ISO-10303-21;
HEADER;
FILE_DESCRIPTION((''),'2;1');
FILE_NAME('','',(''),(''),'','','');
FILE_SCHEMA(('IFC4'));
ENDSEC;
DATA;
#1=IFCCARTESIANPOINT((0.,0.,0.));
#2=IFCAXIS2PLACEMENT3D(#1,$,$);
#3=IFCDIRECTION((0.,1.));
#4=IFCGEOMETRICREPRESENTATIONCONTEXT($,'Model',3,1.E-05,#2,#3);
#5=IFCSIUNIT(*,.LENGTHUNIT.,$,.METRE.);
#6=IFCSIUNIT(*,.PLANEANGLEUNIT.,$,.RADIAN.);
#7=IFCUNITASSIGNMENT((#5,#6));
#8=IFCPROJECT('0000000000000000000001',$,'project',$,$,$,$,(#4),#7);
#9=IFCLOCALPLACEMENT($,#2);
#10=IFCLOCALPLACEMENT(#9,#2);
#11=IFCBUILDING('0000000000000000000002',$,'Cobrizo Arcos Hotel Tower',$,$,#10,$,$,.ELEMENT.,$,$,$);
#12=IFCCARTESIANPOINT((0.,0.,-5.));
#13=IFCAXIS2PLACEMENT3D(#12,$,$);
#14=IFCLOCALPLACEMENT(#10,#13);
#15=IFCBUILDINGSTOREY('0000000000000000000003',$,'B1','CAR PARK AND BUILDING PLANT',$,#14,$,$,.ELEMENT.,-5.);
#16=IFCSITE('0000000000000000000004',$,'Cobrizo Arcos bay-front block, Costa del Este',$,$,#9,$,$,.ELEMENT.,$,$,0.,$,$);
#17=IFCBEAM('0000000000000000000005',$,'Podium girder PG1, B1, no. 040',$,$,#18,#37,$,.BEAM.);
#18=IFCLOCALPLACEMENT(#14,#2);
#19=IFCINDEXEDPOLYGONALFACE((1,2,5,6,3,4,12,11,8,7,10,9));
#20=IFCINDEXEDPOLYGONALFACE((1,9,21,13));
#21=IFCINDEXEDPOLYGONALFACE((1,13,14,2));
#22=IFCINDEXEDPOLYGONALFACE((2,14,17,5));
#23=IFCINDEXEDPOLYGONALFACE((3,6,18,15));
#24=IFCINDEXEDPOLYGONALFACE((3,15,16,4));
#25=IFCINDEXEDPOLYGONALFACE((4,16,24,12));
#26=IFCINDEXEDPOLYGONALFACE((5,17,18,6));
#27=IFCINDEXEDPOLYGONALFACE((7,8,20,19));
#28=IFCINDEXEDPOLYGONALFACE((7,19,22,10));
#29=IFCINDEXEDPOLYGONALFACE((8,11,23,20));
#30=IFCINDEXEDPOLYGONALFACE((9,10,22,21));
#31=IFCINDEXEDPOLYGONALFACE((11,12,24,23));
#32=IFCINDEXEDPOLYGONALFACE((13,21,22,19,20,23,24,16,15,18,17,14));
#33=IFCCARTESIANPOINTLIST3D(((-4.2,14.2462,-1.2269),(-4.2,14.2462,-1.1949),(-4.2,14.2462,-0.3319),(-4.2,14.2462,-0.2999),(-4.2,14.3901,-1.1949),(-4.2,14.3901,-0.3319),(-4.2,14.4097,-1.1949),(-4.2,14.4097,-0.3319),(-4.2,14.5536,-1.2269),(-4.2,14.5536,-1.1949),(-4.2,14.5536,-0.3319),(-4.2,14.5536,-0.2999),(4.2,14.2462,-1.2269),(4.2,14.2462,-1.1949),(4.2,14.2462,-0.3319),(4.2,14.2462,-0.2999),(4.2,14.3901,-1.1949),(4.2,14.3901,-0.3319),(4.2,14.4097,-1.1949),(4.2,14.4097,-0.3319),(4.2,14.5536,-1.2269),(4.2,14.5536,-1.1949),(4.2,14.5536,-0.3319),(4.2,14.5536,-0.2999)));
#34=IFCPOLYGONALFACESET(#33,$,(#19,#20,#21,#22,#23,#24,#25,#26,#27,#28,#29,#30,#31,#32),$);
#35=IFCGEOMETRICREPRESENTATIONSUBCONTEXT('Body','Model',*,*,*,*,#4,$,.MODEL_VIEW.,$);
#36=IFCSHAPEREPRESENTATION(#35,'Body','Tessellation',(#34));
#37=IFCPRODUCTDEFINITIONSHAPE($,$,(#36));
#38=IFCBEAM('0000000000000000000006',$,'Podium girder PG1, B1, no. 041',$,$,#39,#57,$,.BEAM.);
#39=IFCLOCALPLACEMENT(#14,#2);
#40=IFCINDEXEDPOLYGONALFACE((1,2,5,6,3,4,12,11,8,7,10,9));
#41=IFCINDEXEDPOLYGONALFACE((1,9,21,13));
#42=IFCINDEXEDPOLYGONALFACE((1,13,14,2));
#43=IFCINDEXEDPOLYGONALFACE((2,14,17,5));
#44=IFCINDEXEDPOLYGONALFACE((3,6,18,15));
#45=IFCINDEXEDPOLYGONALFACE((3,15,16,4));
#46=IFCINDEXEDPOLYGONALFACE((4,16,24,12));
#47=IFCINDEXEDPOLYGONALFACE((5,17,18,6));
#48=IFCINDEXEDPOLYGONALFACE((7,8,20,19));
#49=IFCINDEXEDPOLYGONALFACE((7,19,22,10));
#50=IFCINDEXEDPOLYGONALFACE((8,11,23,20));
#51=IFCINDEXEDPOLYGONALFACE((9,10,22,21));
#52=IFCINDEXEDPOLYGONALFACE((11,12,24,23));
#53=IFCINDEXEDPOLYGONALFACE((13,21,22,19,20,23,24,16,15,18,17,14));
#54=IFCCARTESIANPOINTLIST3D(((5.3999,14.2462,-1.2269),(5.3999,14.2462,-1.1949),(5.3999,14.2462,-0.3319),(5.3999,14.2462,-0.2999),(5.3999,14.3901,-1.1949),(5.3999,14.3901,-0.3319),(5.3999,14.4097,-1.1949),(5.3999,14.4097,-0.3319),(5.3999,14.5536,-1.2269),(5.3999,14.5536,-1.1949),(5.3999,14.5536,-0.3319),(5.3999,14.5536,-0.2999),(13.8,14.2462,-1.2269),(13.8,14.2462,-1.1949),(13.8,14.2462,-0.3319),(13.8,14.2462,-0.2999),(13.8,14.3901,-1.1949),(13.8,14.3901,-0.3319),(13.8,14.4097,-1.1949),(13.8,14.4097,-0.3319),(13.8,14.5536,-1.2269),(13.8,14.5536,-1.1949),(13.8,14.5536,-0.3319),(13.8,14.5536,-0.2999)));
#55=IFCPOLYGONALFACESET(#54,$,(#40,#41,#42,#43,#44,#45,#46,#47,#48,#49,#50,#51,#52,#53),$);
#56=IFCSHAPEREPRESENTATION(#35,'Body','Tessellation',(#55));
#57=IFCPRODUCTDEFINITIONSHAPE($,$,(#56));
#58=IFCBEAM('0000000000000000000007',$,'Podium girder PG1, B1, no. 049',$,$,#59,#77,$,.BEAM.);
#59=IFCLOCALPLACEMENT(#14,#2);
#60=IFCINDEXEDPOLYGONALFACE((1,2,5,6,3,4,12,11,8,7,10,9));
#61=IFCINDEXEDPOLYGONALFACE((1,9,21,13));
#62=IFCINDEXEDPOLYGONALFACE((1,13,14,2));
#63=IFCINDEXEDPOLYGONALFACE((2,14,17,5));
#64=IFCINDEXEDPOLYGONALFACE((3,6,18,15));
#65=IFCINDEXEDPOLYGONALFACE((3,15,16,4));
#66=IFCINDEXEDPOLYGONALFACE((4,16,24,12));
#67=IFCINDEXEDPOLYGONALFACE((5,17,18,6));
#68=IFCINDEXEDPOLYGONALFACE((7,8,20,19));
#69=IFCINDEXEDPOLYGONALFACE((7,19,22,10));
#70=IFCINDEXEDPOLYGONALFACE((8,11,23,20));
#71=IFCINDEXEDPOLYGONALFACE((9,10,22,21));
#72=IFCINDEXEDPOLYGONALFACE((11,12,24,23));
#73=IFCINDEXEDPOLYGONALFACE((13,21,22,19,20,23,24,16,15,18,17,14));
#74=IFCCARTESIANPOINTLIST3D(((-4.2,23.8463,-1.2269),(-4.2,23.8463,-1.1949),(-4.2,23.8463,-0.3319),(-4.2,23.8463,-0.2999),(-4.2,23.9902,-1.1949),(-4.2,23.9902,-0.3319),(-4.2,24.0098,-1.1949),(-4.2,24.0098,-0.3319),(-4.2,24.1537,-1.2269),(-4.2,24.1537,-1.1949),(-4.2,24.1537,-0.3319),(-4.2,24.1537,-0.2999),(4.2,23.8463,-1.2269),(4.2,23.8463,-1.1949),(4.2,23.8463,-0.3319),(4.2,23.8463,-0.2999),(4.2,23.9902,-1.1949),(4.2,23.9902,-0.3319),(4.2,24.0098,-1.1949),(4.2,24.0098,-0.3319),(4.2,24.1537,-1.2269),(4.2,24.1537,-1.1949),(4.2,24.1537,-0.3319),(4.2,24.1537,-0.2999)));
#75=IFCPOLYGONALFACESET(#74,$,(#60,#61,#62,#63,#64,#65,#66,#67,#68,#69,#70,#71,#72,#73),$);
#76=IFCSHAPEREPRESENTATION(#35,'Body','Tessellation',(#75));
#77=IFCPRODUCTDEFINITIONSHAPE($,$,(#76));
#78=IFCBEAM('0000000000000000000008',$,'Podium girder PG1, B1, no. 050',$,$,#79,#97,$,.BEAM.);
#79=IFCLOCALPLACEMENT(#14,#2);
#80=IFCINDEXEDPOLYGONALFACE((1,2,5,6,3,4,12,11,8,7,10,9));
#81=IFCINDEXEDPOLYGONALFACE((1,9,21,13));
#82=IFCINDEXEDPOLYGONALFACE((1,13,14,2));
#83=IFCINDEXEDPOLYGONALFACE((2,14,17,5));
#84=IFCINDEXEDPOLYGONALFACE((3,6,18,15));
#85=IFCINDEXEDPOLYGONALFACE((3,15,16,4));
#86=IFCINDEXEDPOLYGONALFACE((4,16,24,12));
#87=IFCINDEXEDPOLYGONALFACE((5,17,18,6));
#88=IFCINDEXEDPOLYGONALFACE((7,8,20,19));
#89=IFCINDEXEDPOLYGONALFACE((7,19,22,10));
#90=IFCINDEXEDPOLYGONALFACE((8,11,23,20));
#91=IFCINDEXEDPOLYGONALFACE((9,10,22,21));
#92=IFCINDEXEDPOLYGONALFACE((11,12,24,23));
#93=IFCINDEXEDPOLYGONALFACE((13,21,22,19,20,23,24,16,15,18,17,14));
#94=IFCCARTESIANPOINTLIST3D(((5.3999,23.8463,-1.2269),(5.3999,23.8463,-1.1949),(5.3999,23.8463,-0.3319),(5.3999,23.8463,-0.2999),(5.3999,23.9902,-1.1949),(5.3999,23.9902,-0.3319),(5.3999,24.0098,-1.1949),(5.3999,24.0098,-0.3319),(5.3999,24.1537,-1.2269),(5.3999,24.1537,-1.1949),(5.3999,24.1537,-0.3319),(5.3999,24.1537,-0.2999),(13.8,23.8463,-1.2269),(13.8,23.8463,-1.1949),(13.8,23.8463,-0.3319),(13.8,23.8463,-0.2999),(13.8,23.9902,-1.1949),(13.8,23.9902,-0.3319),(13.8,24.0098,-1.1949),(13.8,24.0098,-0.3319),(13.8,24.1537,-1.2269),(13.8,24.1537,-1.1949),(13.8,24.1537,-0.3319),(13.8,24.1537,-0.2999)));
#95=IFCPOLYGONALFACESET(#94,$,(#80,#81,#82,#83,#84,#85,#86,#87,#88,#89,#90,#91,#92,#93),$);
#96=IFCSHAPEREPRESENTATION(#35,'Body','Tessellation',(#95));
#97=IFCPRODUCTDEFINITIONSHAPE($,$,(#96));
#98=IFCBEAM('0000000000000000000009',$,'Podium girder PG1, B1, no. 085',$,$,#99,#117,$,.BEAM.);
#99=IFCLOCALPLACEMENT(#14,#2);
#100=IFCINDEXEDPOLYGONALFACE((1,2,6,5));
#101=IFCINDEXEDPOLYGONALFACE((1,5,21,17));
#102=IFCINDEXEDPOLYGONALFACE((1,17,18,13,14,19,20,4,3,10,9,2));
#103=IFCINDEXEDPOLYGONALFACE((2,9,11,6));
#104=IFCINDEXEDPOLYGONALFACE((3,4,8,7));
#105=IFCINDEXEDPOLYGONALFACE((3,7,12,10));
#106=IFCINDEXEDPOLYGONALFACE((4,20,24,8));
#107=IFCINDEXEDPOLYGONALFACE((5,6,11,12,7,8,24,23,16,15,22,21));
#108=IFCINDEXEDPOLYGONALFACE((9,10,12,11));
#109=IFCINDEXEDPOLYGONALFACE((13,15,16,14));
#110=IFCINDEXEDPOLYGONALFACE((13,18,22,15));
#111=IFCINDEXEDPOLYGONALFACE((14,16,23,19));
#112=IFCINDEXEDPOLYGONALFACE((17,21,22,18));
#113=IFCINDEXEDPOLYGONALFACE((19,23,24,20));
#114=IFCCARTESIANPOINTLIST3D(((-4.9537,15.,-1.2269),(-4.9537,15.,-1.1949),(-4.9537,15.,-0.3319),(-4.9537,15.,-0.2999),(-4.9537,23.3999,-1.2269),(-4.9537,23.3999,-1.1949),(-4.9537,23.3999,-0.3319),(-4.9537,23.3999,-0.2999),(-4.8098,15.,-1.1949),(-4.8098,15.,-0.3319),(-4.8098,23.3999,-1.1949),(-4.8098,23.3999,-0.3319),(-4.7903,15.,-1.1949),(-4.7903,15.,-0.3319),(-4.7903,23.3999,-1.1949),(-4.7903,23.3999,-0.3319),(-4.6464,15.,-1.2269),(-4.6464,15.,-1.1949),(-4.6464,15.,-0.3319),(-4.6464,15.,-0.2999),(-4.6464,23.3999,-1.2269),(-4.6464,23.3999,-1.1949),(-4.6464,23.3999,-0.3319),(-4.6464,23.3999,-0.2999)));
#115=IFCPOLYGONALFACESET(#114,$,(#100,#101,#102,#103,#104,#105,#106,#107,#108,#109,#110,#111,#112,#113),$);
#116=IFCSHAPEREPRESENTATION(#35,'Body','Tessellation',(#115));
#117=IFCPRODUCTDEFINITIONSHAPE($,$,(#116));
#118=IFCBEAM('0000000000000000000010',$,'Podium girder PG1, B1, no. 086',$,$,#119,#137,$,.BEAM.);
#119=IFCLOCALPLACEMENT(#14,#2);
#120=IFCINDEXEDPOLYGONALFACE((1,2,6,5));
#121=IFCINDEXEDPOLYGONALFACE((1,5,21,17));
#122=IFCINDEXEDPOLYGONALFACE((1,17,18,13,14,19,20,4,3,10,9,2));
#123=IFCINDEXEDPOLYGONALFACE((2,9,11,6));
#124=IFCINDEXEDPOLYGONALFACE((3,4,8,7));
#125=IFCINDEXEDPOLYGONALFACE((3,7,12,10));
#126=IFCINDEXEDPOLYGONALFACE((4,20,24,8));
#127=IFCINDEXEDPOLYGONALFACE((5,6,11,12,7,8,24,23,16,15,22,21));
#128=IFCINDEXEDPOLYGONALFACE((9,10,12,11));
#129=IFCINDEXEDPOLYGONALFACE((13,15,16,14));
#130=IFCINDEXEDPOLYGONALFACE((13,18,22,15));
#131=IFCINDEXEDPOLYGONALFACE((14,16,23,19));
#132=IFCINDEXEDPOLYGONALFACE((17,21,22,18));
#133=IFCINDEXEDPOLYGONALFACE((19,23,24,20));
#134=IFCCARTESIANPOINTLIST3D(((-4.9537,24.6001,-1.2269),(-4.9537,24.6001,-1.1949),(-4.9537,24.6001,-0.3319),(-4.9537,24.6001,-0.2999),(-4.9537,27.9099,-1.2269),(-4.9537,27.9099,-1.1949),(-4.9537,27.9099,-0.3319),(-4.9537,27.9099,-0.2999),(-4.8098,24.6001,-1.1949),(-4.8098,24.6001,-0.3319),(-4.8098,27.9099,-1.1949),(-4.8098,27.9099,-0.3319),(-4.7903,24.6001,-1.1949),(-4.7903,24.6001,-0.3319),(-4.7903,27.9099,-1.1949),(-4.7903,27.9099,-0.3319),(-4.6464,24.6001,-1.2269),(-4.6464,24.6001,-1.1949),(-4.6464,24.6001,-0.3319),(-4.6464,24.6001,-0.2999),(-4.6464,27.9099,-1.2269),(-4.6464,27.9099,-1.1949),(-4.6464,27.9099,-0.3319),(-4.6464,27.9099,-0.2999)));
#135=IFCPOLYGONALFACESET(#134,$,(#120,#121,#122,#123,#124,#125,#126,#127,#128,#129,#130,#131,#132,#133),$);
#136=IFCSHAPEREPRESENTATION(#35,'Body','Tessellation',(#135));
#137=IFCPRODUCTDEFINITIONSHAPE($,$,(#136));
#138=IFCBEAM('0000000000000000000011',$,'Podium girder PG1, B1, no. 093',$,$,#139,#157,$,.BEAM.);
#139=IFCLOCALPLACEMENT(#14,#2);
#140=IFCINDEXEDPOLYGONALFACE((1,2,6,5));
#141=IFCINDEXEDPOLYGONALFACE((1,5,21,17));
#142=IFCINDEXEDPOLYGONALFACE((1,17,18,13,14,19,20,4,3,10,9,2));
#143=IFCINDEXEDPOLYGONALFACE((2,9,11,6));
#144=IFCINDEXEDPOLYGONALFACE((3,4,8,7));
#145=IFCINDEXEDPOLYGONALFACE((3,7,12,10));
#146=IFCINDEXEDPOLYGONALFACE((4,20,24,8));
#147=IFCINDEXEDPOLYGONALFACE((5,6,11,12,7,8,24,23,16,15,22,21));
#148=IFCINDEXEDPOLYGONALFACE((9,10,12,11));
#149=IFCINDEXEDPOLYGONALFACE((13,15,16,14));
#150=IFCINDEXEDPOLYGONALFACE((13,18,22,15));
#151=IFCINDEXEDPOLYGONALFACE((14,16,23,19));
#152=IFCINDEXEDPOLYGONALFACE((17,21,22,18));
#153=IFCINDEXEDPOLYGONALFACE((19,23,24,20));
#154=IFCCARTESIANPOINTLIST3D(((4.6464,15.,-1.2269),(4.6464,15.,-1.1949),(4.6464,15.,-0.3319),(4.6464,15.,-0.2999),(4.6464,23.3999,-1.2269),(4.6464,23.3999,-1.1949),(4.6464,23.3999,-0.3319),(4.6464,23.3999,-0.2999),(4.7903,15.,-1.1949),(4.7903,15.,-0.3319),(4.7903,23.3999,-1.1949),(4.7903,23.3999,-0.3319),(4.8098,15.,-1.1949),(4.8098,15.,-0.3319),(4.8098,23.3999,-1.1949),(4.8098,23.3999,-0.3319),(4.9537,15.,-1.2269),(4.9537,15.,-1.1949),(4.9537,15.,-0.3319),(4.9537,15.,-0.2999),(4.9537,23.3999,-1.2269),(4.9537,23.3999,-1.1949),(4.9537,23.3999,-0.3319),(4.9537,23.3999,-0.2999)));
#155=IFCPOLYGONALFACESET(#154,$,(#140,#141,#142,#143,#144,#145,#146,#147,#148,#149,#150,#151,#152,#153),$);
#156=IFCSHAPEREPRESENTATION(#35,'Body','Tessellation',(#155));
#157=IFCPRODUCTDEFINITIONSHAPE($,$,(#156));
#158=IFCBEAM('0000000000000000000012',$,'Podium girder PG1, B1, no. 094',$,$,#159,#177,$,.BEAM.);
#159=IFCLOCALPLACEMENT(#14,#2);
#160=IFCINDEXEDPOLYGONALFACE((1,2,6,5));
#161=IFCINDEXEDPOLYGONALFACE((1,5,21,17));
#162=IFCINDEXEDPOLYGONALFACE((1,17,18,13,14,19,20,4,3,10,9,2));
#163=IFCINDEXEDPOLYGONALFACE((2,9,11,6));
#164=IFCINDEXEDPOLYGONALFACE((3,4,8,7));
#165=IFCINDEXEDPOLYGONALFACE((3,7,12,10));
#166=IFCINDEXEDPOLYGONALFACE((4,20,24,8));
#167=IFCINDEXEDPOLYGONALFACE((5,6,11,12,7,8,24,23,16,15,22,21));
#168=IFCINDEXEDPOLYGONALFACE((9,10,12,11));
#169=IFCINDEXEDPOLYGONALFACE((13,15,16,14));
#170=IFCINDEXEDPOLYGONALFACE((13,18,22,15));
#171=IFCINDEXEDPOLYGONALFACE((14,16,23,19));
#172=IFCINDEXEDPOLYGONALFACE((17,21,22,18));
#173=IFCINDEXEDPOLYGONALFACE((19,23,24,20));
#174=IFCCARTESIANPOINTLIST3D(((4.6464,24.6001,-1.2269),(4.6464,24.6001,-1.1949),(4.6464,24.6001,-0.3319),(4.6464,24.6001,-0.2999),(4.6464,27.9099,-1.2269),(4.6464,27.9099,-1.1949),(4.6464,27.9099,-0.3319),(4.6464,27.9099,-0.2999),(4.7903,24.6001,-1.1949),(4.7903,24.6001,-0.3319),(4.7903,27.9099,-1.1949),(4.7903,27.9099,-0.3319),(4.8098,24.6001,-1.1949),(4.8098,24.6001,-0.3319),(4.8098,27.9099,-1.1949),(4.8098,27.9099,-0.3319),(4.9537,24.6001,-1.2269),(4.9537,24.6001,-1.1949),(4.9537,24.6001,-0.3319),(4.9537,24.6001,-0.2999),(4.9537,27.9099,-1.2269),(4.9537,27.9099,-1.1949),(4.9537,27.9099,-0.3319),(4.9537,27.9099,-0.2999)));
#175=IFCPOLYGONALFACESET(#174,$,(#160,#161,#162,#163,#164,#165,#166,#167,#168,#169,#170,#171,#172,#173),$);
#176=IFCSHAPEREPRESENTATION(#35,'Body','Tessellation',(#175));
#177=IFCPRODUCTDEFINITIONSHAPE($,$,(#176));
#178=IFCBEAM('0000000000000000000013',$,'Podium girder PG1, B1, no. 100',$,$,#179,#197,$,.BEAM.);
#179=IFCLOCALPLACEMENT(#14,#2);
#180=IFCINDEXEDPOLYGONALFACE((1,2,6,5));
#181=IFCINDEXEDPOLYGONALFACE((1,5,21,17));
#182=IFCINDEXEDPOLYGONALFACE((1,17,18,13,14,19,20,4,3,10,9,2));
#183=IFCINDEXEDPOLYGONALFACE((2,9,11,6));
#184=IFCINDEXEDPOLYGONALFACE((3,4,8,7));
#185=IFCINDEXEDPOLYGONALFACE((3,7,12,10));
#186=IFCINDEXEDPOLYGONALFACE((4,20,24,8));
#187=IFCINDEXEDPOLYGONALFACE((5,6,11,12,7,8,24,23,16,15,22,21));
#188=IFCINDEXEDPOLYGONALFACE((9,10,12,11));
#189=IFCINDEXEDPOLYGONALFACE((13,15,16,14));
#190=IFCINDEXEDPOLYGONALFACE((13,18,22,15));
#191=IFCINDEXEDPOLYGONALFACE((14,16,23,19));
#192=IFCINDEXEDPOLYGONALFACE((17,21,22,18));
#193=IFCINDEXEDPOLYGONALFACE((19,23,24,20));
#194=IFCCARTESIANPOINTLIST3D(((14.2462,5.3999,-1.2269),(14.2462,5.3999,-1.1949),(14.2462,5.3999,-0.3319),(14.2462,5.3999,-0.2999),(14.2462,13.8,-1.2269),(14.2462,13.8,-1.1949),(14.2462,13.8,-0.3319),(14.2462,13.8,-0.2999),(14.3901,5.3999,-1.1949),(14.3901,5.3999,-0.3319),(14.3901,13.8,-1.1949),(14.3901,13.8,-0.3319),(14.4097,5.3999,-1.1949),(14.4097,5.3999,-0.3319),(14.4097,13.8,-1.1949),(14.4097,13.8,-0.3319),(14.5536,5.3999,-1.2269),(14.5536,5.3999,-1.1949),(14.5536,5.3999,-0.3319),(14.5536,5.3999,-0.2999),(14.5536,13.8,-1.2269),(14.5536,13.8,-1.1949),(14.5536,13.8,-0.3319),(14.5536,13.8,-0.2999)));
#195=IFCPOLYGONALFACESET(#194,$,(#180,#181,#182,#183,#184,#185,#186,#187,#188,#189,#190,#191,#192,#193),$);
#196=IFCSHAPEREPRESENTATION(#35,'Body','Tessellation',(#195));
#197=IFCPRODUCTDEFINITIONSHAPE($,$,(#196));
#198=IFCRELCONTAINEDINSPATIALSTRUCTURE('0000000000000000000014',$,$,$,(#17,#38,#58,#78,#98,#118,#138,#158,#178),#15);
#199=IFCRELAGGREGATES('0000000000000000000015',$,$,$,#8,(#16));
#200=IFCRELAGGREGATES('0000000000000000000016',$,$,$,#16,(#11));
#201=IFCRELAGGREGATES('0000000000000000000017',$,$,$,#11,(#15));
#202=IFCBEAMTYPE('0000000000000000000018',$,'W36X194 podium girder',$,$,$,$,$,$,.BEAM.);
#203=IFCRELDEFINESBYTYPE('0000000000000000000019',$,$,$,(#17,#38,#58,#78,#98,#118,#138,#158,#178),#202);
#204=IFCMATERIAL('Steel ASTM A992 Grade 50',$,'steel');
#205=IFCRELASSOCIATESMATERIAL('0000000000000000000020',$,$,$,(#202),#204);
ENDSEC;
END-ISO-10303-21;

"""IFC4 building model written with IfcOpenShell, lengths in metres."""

from ifc_helpers import new_model, si_unit, direction, frame, origin, origin_2d, place, context, subcontext, project, spatial, i_section, extrude, material, material_profile, profile_set, type_object, element, save


model = new_model("IFC4")

# Units and contexts
model_context = context("Model", 3, precision=1e-05, world=origin(), true_north=direction((0.0, 1.0)))
body_context = subcontext(model_context, "Body", "Model", "MODEL_VIEW")
ifc_project = project(units=[si_unit("LENGTHUNIT", "METRE"), si_unit("PLANEANGLEUNIT", "RADIAN")], contexts=[model_context])

# Site, building, storey
site_placement = place(None, origin())
site = spatial("IfcSite", under=ifc_project, at=site_placement, Name="Cobrizo Arcos bay-front block, Costa del Este", CompositionType="ELEMENT", RefElevation=0.0)
building_placement = place(site_placement, origin())
building = spatial("IfcBuilding", under=site, at=building_placement, Name="Cobrizo Arcos Hotel Tower", CompositionType="ELEMENT")
storey_placement = place(building_placement, frame((0.0, 0.0, -5.0)))
storey = spatial("IfcBuildingStorey", under=building, at=storey_placement, Name="B1", Description="CAR PARK AND BUILDING PLANT", CompositionType="ELEMENT", Elevation=-5.0)

# Beams
ifc_material_1 = material(Name="Steel ASTM A992 Grade 50", Category="steel")
ifc_material_profile_1 = material_profile(ifc_material_1, i_section(OverallWidth=0.3074, OverallDepth=0.927, WebThickness=0.0195, FlangeThickness=0.032, at=origin_2d()), Name="W36X194")
ifc_profile_set_1 = profile_set([ifc_material_profile_1], Name="Steel ASTM A992 Grade 50")
beam_type_1 = type_object("IfcBeamType", Name="W36X194 podium girder", PredefinedType="BEAM", material=ifc_profile_set_1)
beam_1_placement = place(storey_placement, frame((-4.2, 14.3999, -0.7634), z_axis=(1.0, 0.0, 0.0), x_axis=(0.0, 1.0, 0.0)))
element("IfcBeam", 1, at=beam_1_placement, inside=storey, type_object=beam_type_1, Name="Podium girder PG1, B1, no. 040", PredefinedType="BEAM", context=body_context, shape_type="SweptSolid", body=[
    extrude(i_section(OverallWidth=0.3074, OverallDepth=0.927, WebThickness=0.0195, FlangeThickness=0.032, at=origin_2d()), origin(), (0.0, 0.0, 1.0), 8.3999),
])
beam_2_placement = place(storey_placement, frame((5.3999, 14.3999, -0.7634), z_axis=(1.0, 0.0, 0.0), x_axis=(0.0, 1.0, 0.0)))
element("IfcBeam", 2, at=beam_2_placement, inside=storey, type_object=beam_type_1, Name="Podium girder PG1, B1, no. 041", PredefinedType="BEAM", context=body_context, shape_type="SweptSolid", body=[
    extrude(i_section(OverallWidth=0.3074, OverallDepth=0.927, WebThickness=0.0195, FlangeThickness=0.032, at=origin_2d()), origin(), (0.0, 0.0, 1.0), 8.4001),
])
beam_3_placement = place(storey_placement, frame((-4.2, 24.0, -0.7634), z_axis=(1.0, 0.0, 0.0), x_axis=(0.0, 1.0, 0.0)))
element("IfcBeam", 3, at=beam_3_placement, inside=storey, type_object=beam_type_1, Name="Podium girder PG1, B1, no. 049", PredefinedType="BEAM", context=body_context, shape_type="SweptSolid", body=[
    extrude(i_section(OverallWidth=0.3074, OverallDepth=0.927, WebThickness=0.0195, FlangeThickness=0.032, at=origin_2d()), origin(), (0.0, 0.0, 1.0), 8.3999),
])
beam_4_placement = place(storey_placement, frame((5.3999, 24.0, -0.7634), z_axis=(1.0, 0.0, 0.0), x_axis=(0.0, 1.0, 0.0)))
element("IfcBeam", 4, at=beam_4_placement, inside=storey, type_object=beam_type_1, Name="Podium girder PG1, B1, no. 050", PredefinedType="BEAM", context=body_context, shape_type="SweptSolid", body=[
    extrude(i_section(OverallWidth=0.3074, OverallDepth=0.927, WebThickness=0.0195, FlangeThickness=0.032, at=origin_2d()), origin(), (0.0, 0.0, 1.0), 8.4001),
])
beam_5_placement = place(storey_placement, frame((-4.8, 15.0, -0.7634), z_axis=(0.0, 1.0, 0.0), x_axis=(-1.0, 0.0, 0.0)))
element("IfcBeam", 5, at=beam_5_placement, inside=storey, type_object=beam_type_1, Name="Podium girder PG1, B1, no. 085", PredefinedType="BEAM", context=body_context, shape_type="SweptSolid", body=[
    extrude(i_section(OverallWidth=0.3074, OverallDepth=0.927, WebThickness=0.0195, FlangeThickness=0.032, at=origin_2d()), origin(), (0.0, 0.0, 1.0), 8.3999),
])
beam_6_placement = place(storey_placement, frame((-4.8, 24.6001, -0.7634), z_axis=(0.0, 1.0, 0.0), x_axis=(-1.0, 0.0, 0.0)))
element("IfcBeam", 6, at=beam_6_placement, inside=storey, type_object=beam_type_1, Name="Podium girder PG1, B1, no. 086", PredefinedType="BEAM", context=body_context, shape_type="SweptSolid", body=[
    extrude(i_section(OverallWidth=0.3074, OverallDepth=0.927, WebThickness=0.0195, FlangeThickness=0.032, at=origin_2d()), origin(), (0.0, 0.0, 1.0), 3.3098),
])
beam_7_placement = place(storey_placement, frame((4.8, 15.0, -0.7634), z_axis=(0.0, 1.0, 0.0), x_axis=(-1.0, 0.0, 0.0)))
element("IfcBeam", 7, at=beam_7_placement, inside=storey, type_object=beam_type_1, Name="Podium girder PG1, B1, no. 093", PredefinedType="BEAM", context=body_context, shape_type="SweptSolid", body=[
    extrude(i_section(OverallWidth=0.3074, OverallDepth=0.927, WebThickness=0.0195, FlangeThickness=0.032, at=origin_2d()), origin(), (0.0, 0.0, 1.0), 8.3999),
])
beam_8_placement = place(storey_placement, frame((4.8, 24.6001, -0.7634), z_axis=(0.0, 1.0, 0.0), x_axis=(-1.0, 0.0, 0.0)))
element("IfcBeam", 8, at=beam_8_placement, inside=storey, type_object=beam_type_1, Name="Podium girder PG1, B1, no. 094", PredefinedType="BEAM", context=body_context, shape_type="SweptSolid", body=[
    extrude(i_section(OverallWidth=0.3074, OverallDepth=0.927, WebThickness=0.0195, FlangeThickness=0.032, at=origin_2d()), origin(), (0.0, 0.0, 1.0), 3.3098),
])
beam_9_placement = place(storey_placement, frame((14.3999, 5.3999, -0.7634), z_axis=(0.0, 1.0, 0.0), x_axis=(-1.0, 0.0, 0.0)))
element("IfcBeam", 9, at=beam_9_placement, inside=storey, type_object=beam_type_1, Name="Podium girder PG1, B1, no. 100", PredefinedType="BEAM", context=body_context, shape_type="SweptSolid", body=[
    extrude(i_section(OverallWidth=0.3074, OverallDepth=0.927, WebThickness=0.0195, FlangeThickness=0.032, at=origin_2d()), origin(), (0.0, 0.0, 1.0), 8.4001),
])

save(model, "model.ifc")
